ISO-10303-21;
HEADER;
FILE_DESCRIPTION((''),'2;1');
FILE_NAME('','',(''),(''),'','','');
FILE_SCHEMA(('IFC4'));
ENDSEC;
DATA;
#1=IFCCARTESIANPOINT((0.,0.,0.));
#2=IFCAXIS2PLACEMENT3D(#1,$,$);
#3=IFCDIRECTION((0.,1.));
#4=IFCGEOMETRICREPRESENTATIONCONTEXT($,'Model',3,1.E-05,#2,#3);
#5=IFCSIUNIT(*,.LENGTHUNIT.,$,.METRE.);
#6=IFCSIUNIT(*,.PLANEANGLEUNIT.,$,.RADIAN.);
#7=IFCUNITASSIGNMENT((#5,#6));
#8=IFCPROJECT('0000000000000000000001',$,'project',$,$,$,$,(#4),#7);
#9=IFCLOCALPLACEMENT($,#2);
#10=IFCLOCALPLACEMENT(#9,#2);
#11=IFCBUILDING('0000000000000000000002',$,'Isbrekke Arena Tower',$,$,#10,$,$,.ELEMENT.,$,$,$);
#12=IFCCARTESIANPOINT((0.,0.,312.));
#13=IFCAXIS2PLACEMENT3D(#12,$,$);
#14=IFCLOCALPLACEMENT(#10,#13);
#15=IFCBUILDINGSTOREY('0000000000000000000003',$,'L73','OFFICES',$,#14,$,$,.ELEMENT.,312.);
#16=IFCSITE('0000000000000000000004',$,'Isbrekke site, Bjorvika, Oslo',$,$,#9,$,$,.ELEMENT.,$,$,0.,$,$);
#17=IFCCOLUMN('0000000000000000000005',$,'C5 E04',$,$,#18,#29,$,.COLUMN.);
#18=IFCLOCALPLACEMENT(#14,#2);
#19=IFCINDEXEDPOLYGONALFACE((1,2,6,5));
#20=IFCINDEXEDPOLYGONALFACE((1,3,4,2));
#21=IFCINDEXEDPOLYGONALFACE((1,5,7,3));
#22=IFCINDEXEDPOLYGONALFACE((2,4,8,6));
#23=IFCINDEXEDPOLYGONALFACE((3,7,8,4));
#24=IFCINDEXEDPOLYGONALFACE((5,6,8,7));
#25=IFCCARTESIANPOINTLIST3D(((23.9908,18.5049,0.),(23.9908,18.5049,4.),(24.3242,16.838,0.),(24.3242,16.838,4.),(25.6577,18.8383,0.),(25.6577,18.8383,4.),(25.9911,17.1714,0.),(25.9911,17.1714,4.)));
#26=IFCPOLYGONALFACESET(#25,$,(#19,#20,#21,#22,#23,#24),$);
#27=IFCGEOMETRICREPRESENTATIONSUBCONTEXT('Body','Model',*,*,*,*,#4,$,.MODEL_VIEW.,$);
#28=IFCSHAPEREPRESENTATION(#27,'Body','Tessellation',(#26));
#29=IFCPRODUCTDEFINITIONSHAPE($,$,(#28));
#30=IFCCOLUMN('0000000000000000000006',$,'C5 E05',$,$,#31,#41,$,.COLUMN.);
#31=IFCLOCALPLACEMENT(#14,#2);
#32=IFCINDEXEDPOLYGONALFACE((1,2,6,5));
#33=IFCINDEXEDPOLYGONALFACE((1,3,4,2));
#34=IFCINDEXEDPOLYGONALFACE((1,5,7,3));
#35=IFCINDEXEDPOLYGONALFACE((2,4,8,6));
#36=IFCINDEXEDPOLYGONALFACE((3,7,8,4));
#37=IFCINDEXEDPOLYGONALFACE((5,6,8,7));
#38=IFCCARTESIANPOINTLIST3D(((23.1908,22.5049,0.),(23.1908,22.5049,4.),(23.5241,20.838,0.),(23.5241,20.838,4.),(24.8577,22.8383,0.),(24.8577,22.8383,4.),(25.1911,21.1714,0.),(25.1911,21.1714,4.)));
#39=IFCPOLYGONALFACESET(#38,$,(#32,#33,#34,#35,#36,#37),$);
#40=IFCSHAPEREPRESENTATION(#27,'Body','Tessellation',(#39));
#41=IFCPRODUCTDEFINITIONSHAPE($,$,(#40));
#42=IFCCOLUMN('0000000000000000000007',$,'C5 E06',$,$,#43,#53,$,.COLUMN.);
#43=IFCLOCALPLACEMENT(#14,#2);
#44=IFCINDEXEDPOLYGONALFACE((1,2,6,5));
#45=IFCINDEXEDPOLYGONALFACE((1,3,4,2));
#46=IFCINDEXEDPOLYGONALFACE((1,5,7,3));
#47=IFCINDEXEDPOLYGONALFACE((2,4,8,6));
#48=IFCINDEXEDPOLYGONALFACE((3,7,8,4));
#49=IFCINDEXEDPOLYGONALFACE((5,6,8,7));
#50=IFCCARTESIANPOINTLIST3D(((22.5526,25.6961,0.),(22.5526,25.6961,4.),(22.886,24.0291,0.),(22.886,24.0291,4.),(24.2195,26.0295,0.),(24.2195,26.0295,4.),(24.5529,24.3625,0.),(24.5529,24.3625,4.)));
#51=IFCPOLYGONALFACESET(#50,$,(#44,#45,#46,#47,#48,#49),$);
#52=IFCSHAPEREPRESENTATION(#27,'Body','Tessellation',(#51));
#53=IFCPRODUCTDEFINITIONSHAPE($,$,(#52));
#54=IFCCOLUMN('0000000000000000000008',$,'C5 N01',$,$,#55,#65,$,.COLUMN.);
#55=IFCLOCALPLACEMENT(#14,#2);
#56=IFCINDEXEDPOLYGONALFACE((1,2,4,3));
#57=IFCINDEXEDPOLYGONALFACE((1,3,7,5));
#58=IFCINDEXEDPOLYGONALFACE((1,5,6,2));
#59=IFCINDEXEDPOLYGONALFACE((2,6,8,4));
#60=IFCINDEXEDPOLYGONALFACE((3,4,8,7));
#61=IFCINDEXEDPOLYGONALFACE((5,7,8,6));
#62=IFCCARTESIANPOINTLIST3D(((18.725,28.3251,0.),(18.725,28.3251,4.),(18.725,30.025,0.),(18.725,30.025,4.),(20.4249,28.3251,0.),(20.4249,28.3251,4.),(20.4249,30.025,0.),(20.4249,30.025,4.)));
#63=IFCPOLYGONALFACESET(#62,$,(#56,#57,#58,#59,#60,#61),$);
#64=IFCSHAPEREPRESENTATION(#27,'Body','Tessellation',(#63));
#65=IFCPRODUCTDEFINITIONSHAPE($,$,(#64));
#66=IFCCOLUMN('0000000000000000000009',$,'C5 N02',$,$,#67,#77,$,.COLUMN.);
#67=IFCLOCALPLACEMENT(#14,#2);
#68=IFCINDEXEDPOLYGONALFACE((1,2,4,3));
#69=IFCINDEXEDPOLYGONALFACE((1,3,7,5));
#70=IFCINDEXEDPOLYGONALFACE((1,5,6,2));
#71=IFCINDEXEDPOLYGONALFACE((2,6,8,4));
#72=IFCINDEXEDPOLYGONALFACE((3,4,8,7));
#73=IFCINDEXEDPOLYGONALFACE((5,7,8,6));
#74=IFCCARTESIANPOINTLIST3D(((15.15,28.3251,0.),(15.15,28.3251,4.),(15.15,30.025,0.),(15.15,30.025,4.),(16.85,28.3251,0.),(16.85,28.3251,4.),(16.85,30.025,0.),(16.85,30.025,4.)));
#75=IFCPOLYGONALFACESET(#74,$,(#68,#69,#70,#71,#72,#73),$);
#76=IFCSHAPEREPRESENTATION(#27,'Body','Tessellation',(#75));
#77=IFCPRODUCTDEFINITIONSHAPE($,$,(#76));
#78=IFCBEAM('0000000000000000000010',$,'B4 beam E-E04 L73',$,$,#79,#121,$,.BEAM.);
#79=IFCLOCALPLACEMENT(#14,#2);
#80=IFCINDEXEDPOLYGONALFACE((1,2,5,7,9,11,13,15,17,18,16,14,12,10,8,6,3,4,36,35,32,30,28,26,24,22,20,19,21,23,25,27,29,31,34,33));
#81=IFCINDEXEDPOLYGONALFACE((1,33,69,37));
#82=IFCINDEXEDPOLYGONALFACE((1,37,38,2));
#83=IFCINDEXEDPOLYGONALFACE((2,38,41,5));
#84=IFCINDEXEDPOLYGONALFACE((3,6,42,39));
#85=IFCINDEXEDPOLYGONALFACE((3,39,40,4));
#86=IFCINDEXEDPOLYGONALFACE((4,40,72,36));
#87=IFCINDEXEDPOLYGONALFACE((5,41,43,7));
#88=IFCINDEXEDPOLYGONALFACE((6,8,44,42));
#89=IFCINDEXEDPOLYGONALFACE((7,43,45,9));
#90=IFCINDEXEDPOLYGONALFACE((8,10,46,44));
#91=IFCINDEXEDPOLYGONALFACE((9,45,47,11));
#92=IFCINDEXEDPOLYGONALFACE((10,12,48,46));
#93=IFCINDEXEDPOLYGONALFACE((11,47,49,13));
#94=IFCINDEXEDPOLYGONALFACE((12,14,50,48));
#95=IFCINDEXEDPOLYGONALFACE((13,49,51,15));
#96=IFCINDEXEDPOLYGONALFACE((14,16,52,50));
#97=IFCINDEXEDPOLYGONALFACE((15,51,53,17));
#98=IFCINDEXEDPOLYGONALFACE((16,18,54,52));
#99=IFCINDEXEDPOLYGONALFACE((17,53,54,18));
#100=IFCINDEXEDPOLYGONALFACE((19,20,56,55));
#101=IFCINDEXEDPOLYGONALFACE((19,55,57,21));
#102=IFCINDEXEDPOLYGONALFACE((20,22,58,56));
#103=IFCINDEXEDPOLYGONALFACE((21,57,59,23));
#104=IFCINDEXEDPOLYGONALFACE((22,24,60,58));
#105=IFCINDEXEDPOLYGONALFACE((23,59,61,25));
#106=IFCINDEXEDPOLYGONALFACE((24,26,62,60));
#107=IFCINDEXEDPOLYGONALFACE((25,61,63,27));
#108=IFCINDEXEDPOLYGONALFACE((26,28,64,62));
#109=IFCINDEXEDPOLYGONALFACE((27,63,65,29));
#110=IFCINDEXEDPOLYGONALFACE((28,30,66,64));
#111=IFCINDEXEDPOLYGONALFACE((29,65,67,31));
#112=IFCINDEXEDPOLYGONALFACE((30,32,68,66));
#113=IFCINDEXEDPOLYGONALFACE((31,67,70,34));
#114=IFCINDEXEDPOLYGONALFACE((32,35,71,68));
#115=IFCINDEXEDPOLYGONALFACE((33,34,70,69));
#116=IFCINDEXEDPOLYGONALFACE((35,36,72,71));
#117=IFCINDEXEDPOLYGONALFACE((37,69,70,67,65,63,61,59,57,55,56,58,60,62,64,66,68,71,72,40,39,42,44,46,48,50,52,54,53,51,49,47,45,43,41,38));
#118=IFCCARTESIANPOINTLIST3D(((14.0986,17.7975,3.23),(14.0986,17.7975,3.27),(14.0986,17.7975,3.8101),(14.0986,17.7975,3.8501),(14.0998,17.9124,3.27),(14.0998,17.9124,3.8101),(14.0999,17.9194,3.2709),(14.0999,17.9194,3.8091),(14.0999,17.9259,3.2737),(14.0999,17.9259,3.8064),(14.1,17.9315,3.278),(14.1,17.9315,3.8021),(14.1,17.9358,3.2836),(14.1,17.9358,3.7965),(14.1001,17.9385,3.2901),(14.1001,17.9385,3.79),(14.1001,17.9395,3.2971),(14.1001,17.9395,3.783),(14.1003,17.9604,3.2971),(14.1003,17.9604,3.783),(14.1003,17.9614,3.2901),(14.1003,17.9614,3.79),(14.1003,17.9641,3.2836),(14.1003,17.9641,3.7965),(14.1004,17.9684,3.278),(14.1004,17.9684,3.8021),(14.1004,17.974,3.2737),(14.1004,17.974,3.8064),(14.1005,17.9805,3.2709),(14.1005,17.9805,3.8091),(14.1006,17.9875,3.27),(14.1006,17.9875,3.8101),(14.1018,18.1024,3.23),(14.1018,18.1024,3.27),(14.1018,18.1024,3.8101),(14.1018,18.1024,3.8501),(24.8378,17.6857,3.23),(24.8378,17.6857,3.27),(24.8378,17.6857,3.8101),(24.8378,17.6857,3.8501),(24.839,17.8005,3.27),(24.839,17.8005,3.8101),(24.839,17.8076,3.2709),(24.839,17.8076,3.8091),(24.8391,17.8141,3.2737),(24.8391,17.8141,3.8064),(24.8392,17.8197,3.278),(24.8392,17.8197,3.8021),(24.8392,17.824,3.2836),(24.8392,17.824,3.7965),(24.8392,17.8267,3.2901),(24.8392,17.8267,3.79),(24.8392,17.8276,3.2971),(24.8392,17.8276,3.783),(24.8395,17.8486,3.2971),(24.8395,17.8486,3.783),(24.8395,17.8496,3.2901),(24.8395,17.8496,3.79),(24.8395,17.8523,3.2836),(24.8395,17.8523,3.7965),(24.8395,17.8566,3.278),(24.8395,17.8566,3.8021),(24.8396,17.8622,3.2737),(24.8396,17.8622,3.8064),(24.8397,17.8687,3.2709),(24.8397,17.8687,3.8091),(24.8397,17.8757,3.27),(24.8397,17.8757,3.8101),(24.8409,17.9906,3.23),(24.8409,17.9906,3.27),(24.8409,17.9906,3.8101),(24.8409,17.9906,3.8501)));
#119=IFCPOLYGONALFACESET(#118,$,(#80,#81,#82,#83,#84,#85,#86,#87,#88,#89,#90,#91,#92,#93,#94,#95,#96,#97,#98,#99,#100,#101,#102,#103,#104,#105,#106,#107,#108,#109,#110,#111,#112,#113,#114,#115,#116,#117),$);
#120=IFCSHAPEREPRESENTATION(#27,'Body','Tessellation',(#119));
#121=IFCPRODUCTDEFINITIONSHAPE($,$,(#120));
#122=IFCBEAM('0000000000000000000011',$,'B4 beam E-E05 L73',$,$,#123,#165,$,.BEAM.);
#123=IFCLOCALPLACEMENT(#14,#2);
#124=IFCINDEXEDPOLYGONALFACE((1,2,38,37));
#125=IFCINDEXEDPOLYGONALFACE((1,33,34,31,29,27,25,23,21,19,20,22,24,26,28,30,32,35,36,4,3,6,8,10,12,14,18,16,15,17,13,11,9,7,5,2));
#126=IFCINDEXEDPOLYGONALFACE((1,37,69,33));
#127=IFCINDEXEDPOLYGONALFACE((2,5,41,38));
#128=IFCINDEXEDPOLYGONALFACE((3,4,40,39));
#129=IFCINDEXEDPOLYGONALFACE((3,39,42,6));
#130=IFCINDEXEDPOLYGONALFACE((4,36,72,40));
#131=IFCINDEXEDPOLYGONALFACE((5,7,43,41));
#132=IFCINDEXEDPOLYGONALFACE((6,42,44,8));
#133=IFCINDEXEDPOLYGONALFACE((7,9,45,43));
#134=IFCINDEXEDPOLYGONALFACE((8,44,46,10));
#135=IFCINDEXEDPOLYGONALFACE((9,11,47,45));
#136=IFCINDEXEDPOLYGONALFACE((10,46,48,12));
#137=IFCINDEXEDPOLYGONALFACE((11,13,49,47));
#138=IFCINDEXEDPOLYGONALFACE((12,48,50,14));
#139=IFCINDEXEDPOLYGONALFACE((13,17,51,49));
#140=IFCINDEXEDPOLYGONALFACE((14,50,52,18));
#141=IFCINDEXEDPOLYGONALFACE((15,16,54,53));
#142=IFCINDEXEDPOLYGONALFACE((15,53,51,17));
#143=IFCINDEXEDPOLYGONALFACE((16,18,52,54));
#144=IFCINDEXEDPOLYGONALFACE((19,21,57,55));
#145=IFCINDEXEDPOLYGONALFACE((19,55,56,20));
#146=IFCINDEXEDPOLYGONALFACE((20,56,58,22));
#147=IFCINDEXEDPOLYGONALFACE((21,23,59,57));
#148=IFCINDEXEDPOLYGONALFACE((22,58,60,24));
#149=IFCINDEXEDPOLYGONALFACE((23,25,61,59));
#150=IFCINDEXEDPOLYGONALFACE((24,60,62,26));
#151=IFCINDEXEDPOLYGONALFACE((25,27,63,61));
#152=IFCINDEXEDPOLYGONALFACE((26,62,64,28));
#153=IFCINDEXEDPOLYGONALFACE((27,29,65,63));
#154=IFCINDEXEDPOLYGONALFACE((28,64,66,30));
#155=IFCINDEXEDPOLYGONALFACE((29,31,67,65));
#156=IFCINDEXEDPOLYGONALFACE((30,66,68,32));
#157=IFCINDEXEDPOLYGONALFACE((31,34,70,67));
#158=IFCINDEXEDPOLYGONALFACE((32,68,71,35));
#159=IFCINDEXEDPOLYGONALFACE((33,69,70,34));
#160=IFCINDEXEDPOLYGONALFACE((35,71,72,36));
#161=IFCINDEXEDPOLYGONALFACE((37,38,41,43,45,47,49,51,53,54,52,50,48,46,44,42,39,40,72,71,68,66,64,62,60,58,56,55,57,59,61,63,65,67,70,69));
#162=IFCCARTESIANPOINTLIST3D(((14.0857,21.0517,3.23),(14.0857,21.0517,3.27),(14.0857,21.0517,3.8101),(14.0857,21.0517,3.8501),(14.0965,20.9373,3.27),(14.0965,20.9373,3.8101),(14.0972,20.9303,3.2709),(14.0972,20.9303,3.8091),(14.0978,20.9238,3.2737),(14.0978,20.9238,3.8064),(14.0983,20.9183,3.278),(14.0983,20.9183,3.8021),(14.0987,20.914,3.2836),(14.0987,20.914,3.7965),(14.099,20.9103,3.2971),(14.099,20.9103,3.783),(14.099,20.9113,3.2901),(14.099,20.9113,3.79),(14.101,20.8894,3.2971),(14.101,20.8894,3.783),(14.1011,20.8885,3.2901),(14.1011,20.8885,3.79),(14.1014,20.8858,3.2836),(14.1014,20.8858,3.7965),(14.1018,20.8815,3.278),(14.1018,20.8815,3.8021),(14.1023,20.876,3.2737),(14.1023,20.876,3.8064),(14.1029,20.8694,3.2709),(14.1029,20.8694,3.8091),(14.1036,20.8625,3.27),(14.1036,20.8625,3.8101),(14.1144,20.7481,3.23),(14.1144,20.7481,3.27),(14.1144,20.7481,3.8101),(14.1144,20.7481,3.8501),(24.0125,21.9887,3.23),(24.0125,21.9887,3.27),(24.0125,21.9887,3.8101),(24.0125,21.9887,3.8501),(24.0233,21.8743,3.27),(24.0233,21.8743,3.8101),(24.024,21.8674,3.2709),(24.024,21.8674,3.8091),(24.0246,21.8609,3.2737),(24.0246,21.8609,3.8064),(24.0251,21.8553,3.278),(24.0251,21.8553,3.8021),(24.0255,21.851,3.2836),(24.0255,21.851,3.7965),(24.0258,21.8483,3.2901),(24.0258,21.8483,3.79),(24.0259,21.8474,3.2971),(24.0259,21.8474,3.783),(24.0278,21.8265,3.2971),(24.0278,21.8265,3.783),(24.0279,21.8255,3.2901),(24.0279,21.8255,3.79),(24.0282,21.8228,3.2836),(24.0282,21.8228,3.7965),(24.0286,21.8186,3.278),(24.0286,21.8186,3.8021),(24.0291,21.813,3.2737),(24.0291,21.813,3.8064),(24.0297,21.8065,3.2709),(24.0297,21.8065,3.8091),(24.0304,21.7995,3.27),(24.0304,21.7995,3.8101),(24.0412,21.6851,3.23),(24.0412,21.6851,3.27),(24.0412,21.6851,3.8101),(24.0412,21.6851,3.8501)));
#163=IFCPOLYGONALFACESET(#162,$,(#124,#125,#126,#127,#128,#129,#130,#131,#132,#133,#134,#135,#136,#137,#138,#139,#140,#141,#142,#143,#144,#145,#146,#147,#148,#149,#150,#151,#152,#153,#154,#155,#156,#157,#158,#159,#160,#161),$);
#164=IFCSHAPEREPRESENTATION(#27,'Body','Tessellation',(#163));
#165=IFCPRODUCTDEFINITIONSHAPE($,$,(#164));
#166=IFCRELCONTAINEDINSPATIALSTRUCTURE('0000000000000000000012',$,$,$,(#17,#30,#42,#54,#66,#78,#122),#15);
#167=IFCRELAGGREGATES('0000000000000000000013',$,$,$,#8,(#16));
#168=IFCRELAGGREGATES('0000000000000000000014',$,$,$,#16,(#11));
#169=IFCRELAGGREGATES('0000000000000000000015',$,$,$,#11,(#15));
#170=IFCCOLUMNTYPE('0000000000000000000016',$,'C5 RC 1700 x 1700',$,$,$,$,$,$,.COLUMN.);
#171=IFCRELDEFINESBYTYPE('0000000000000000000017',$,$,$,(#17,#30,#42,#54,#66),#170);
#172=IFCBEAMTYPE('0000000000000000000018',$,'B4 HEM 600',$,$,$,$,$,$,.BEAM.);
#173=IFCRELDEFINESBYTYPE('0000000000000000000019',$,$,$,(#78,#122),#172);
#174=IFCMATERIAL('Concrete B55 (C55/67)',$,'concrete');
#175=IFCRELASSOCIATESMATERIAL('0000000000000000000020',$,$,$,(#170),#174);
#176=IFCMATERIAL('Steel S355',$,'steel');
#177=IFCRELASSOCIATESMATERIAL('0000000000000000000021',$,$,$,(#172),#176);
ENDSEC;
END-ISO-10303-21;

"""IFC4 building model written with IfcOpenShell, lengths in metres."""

from ifc_helpers import new_model, si_unit, direction, frame, origin, origin_2d, place, context, subcontext, project, spatial, rectangle, i_section, extrude, material, material_profile, profile_set, type_object, element, save


model = new_model("IFC4")

# Units and contexts
model_context = context("Model", 3, precision=1e-05, world=origin(), true_north=direction((0.0, 1.0)))
body_context = subcontext(model_context, "Body", "Model", "MODEL_VIEW")
ifc_project = project(units=[si_unit("LENGTHUNIT", "METRE"), si_unit("PLANEANGLEUNIT", "RADIAN")], contexts=[model_context])

# Site, building, storey
site_placement = place(None, origin())
site = spatial("IfcSite", under=ifc_project, at=site_placement, Name="Isbrekke site, Bjorvika, Oslo", CompositionType="ELEMENT", RefElevation=0.0)
building_placement = place(site_placement, origin())
building = spatial("IfcBuilding", under=site, at=building_placement, Name="Isbrekke Arena Tower", CompositionType="ELEMENT")
storey_placement = place(building_placement, frame((0.0, 0.0, 312.0)))
storey = spatial("IfcBuildingStorey", under=building, at=storey_placement, Name="L73", Description="OFFICES", CompositionType="ELEMENT", Elevation=312.0)

# Columns
ifc_material_1 = material(Name="Concrete B55 (C55/67)", Category="concrete")
ifc_material_profile_1 = material_profile(ifc_material_1, rectangle(XDim=1.7, YDim=1.7, at=origin_2d()), Name="RC 1700x1700")
ifc_profile_set_1 = profile_set([ifc_material_profile_1], Name="Concrete B55 (C55/67)")
column_type = type_object("IfcColumnType", Name="C5 RC 1700 x 1700", PredefinedType="COLUMN", material=ifc_profile_set_1)
for number, where, z_axis, x_axis, name in (
    (1, (24.991, 17.8381, 0.0), (0.0, 0.0, 1.0), (-0.196116, 0.980581, 0.0), "C5 E04"),
    (2, (24.1909, 21.8381, 0.0), (0.0, 0.0, 1.0), (-0.196116, 0.980581, 0.0), "C5 E05"),
    (3, (23.5527, 25.0293, 0.0), (0.0, 0.0, 1.0), (-0.196116, 0.980581, 0.0), "C5 E06"),
    (4, (19.575, 29.175, 0.0), (0.0, 0.0, 1.0), (-1.0, 0.0, 0.0), "C5 N01"),
    (5, (16.0, 29.175, 0.0), (0.0, 0.0, 1.0), (-1.0, 0.0, 0.0), "C5 N02"),
):
    element("IfcColumn", number, at=place(storey_placement, frame(where, z_axis=z_axis, x_axis=x_axis)), inside=storey, type_object=column_type, Name=name, PredefinedType="COLUMN", context=body_context, shape_type="SweptSolid", body=[
        extrude(rectangle(XDim=1.7, YDim=1.7, at=origin_2d()), origin(), (0.0, 0.0, 1.0), 4.0),
    ])

# Beams
ifc_material_2 = material(Name="Steel S355", Category="steel")
ifc_material_profile_2 = material_profile(ifc_material_2, i_section(OverallWidth=0.3049, OverallDepth=0.6201, WebThickness=0.021, FlangeThickness=0.04, FilletRadius=0.0271, at=origin_2d()), Name="HEM 600")
ifc_profile_set_2 = profile_set([ifc_material_profile_2], Name="Steel S355")
beam_type_1 = type_object("IfcBeamType", Name="B4 HEM 600", PredefinedType="BEAM", material=ifc_profile_set_2)
beam_1_placement = place(storey_placement, frame((24.8394, 17.8381, 3.54), z_axis=(-0.999946, 0.010411, 0.0), x_axis=(-0.010411, -0.999946, 0.0)))
element("IfcBeam", 6, at=beam_1_placement, inside=storey, type_object=beam_type_1, Name="B4 beam E-E04 L73", PredefinedType="BEAM", context=body_context, shape_type="SweptSolid", body=[
    extrude(i_section(OverallWidth=0.3049, OverallDepth=0.6201, WebThickness=0.021, FlangeThickness=0.04, FilletRadius=0.0271, at=origin_2d()), origin(), (0.0, 0.0, 1.0), 10.7397),
])
beam_2_placement = place(storey_placement, frame((24.0269, 21.8369, 3.54), z_axis=(-0.995575, -0.093975, 0.0), x_axis=(0.093975, -0.995575, 0.0)))
element("IfcBeam", 7, at=beam_2_placement, inside=storey, type_object=beam_type_1, Name="B4 beam E-E05 L73", PredefinedType="BEAM", context=body_context, shape_type="SweptSolid", body=[
    extrude(i_section(OverallWidth=0.3049, OverallDepth=0.6201, WebThickness=0.021, FlangeThickness=0.04, FilletRadius=0.0271, at=origin_2d()), origin(), (0.0, 0.0, 1.0), 9.9709),
])

save(model, "model.ifc")
